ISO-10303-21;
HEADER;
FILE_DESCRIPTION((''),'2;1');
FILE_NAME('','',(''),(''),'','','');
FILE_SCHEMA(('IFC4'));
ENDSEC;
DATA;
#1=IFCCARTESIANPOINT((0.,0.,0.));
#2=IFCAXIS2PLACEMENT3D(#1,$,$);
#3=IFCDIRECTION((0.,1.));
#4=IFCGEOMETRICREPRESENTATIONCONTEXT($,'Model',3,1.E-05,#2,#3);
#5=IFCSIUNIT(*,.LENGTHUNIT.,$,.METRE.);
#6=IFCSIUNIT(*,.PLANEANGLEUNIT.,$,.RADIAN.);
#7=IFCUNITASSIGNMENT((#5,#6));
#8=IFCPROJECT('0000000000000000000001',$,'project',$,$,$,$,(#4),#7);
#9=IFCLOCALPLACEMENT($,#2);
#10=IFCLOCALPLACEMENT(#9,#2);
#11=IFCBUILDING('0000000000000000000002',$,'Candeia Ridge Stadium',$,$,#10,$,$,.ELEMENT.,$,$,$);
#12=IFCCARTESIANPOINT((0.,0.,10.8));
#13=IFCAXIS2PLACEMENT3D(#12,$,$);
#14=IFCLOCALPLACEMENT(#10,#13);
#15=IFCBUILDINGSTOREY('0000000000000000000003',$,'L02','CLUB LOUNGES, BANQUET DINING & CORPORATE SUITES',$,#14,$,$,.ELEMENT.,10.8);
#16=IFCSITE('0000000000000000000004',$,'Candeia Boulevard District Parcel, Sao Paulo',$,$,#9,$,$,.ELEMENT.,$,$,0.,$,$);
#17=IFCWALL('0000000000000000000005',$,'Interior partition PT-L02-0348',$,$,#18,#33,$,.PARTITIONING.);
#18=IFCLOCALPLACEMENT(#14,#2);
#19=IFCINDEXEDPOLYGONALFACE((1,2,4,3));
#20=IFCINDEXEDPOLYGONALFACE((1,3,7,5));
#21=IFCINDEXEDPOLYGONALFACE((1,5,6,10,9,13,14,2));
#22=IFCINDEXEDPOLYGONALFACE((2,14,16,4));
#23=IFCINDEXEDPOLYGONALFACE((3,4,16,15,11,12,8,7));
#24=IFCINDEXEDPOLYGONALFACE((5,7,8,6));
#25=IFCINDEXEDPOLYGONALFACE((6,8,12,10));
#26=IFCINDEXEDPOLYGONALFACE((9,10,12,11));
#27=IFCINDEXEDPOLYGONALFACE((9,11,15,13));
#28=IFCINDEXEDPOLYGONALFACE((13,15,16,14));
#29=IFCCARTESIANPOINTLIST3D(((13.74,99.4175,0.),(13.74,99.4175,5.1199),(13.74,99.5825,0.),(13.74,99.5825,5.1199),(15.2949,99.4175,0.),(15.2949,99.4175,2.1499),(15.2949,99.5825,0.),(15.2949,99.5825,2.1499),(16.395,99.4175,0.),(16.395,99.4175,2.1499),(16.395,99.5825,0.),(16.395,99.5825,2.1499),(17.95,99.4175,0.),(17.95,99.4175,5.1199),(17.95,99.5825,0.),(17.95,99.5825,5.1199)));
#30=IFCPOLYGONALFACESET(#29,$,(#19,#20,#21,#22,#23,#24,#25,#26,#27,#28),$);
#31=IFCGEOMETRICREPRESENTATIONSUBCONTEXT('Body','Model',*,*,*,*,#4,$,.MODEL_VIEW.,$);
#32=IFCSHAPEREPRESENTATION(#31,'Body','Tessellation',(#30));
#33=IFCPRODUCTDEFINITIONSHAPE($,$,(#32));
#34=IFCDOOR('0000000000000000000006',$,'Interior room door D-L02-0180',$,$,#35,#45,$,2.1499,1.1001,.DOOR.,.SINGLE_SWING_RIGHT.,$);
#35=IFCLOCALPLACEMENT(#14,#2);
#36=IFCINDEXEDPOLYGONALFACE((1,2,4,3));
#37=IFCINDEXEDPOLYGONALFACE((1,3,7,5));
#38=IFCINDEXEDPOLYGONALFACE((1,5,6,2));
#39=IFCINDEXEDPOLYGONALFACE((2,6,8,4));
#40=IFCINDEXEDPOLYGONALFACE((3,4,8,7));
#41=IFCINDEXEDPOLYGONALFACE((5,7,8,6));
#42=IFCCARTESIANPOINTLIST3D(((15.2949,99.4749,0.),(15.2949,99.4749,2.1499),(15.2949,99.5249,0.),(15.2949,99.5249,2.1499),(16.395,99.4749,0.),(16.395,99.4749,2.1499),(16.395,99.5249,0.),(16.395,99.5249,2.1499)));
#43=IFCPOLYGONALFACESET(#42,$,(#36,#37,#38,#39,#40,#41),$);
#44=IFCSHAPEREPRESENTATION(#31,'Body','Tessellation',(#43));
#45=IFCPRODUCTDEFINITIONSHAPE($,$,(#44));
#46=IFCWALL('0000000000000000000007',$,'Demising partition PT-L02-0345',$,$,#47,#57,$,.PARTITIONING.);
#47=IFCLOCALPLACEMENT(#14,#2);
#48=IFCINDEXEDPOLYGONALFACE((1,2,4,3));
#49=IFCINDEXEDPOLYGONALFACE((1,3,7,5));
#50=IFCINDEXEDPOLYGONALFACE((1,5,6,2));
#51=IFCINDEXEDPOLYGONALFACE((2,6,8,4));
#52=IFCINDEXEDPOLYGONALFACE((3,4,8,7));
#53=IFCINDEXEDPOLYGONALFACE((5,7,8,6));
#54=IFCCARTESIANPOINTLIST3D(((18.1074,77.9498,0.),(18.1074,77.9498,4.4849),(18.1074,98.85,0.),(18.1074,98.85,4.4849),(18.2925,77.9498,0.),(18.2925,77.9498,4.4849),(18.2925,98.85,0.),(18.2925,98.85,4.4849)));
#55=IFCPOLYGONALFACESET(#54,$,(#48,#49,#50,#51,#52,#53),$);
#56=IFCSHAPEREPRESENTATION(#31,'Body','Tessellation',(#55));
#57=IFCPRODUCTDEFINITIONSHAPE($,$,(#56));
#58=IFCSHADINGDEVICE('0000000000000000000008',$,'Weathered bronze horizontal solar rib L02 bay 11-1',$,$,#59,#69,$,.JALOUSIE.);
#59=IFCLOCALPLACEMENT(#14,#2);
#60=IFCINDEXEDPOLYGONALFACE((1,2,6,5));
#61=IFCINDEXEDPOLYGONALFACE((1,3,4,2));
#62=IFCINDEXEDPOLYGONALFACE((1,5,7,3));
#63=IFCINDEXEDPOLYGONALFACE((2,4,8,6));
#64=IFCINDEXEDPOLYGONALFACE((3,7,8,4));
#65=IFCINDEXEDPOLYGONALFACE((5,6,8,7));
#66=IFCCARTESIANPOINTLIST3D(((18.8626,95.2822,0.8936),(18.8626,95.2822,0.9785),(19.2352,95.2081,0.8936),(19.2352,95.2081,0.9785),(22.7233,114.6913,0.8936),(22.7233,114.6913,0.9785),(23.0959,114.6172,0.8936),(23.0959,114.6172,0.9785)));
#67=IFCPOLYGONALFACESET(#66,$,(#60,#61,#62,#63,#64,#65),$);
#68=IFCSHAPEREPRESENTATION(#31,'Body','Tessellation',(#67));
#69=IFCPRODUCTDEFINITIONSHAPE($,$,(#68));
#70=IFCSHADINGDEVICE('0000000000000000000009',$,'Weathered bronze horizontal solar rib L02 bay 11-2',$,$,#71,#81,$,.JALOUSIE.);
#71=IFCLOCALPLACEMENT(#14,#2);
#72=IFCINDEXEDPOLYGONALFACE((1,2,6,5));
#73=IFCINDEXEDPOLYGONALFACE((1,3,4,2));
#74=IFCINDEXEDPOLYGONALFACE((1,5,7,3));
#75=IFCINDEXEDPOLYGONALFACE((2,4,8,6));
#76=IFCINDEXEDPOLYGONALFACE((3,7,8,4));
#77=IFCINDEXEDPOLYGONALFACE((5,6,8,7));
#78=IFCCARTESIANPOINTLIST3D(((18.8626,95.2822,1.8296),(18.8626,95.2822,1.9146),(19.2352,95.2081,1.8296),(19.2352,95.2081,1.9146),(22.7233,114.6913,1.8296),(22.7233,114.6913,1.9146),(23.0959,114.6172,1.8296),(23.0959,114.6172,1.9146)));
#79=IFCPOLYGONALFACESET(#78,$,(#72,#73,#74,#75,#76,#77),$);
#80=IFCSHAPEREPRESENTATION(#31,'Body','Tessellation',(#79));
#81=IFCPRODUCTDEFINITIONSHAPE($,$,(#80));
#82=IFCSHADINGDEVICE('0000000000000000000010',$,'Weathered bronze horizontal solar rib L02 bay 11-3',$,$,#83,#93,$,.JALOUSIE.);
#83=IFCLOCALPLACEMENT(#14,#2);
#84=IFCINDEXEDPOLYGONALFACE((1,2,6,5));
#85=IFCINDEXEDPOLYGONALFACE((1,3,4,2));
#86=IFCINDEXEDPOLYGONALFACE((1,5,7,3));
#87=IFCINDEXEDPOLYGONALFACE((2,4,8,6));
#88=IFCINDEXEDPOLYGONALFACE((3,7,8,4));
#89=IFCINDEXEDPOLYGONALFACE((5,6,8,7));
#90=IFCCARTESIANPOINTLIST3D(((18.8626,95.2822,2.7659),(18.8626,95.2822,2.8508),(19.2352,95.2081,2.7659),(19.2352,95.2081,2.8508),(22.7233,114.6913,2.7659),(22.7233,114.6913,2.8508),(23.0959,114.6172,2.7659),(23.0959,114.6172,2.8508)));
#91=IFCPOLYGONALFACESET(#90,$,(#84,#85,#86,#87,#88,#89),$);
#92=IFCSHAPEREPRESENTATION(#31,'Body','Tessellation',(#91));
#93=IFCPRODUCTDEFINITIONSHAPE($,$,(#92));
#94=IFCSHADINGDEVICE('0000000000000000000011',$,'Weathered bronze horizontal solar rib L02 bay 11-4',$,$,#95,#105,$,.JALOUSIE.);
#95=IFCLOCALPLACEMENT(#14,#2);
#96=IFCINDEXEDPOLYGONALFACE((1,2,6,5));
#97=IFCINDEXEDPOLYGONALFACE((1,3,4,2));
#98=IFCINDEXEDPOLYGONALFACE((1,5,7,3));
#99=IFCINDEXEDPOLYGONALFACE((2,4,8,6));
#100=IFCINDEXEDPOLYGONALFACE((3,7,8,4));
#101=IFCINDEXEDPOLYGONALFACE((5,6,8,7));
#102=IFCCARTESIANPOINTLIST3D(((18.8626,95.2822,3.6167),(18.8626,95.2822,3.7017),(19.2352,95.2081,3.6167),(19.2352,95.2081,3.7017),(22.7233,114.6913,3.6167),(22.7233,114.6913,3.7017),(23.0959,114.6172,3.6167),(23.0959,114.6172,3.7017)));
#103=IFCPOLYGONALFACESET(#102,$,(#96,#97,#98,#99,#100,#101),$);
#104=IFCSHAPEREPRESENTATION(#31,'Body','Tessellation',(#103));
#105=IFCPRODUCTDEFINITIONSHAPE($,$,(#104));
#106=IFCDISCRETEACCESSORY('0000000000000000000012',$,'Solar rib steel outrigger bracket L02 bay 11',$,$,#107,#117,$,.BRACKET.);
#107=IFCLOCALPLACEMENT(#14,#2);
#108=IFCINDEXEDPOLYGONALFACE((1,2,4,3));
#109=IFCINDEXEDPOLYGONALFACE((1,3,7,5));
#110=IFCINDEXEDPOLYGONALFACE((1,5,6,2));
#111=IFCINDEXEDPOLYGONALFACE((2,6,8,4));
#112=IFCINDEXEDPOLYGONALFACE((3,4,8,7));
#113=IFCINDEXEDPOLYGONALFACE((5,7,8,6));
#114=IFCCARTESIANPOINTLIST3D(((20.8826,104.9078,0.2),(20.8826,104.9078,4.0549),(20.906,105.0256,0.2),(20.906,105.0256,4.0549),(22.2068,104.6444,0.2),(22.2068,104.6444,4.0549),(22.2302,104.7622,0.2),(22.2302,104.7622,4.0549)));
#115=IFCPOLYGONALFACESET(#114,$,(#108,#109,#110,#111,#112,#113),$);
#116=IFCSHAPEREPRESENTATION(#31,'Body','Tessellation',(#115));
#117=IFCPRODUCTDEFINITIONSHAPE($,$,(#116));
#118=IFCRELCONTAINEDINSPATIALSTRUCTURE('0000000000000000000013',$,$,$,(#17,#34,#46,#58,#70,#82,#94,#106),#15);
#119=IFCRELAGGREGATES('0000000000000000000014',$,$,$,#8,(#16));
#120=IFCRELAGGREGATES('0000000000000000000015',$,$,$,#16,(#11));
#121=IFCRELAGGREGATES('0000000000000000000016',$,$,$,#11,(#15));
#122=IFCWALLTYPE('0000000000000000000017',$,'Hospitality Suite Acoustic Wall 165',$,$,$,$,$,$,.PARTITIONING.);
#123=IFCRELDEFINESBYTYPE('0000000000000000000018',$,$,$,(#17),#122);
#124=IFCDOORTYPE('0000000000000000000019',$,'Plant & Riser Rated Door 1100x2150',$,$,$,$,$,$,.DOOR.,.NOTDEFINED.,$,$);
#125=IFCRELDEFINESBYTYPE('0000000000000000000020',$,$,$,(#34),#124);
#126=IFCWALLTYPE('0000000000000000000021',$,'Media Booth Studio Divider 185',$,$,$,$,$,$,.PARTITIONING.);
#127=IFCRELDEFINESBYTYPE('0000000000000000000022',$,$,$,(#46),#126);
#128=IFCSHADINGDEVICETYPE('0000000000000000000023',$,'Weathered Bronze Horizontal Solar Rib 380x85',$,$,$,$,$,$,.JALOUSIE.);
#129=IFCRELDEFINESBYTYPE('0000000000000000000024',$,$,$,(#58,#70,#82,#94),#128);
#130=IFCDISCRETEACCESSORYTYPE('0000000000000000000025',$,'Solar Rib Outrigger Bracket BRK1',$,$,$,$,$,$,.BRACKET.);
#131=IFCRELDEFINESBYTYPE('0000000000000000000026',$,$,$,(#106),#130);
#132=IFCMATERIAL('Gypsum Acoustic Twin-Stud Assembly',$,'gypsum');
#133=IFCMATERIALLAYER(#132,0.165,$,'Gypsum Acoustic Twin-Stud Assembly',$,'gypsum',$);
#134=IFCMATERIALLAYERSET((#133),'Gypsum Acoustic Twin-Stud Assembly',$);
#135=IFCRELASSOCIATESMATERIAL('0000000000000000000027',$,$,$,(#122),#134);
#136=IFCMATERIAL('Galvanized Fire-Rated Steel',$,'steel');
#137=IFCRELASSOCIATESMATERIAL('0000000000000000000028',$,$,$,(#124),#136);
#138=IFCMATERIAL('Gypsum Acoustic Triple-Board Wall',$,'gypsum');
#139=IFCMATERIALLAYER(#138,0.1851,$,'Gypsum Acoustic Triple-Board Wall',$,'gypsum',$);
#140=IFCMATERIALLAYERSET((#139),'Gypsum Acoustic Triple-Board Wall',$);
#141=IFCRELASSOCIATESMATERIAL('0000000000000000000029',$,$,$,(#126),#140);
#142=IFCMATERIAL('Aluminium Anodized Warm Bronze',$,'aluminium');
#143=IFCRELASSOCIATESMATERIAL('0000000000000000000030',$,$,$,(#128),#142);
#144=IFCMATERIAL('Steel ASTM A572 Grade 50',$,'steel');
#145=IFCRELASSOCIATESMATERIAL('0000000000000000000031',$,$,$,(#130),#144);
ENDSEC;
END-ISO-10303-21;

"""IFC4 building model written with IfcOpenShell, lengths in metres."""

from ifc_helpers import new_model, si_unit, direction, frame, frame_2d, origin, origin_2d, place, context, subcontext, project, spatial, rectangle, extrude, material, layer, layer_set, type_object, element, fill, save


model = new_model("IFC4")

# Units and contexts
model_context = context("Model", 3, precision=1e-05, world=origin(), true_north=direction((0.0, 1.0)))
body_context = subcontext(model_context, "Body", "Model", "MODEL_VIEW")
ifc_project = project(units=[si_unit("LENGTHUNIT", "METRE"), si_unit("PLANEANGLEUNIT", "RADIAN")], contexts=[model_context])

# Site, building, storey
site_placement = place(None, origin())
site = spatial("IfcSite", under=ifc_project, at=site_placement, Name="Candeia Boulevard District Parcel, Sao Paulo", CompositionType="ELEMENT", RefElevation=0.0)
building_placement = place(site_placement, origin())
building = spatial("IfcBuilding", under=site, at=building_placement, Name="Candeia Ridge Stadium", CompositionType="ELEMENT")
storey_placement = place(building_placement, frame((0.0, 0.0, 10.8)))
storey = spatial("IfcBuildingStorey", under=building, at=storey_placement, Name="L02", Description="CLUB LOUNGES, BANQUET DINING & CORPORATE SUITES", CompositionType="ELEMENT", Elevation=10.8)

# Shared definitions
ifc_material_1 = material(Name="Aluminium Anodized Warm Bronze", Category="aluminium")

# Wall, opening, door
ifc_material_2 = material(Name="Gypsum Acoustic Twin-Stud Assembly", Category="gypsum")
ifc_layer_1 = layer(ifc_material_2, 0.165, Name="Gypsum Acoustic Twin-Stud Assembly", Category="gypsum")
ifc_layer_set_1 = layer_set([ifc_layer_1], Name="Gypsum Acoustic Twin-Stud Assembly")
wall_type_1 = type_object("IfcWallType", Name="Hospitality Suite Acoustic Wall 165", PredefinedType="PARTITIONING", material=ifc_layer_set_1)
wall_1_placement = place(storey_placement, frame((17.95, 99.5, 0.0), z_axis=(0.0, 0.0, 1.0), x_axis=(-1.0, 0.0, 0.0)))
wall_1 = element("IfcWall", 1, at=wall_1_placement, inside=storey, type_object=wall_type_1, Name="Interior partition PT-L02-0348", PredefinedType="PARTITIONING", context=body_context, shape_type="SweptSolid", body=[
    extrude(rectangle(XDim=4.21, YDim=0.165, at=frame_2d((2.105, 0.0))), origin(), (0.0, 0.0, 1.0), 5.1199),
])
opening_placement = place(wall_1_placement, frame((1.5549, 0.0, 0.0)))
opening = element("IfcOpeningElement", 2, at=opening_placement, cuts=wall_1, PredefinedType="OPENING", context=body_context, shape_type="SweptSolid", body=[
    extrude(rectangle(XDim=1.1001, YDim=2.1499, at=frame_2d((0.55, 1.075))), frame((0.0, 0.0925, 0.0), z_axis=(0.0, -1.0, 0.0), x_axis=(1.0, 0.0, 0.0)), (0.0, 0.0, 1.0), 0.1851),
])
ifc_material_3 = material(Name="Galvanized Fire-Rated Steel", Category="steel")
door_type = type_object("IfcDoorType", Name="Plant & Riser Rated Door 1100x2150", OperationType="NOTDEFINED", PredefinedType="DOOR", material=ifc_material_3)
door_placement = place(opening_placement, frame((1.1001, 0.0, 0.0), z_axis=(0.0, 0.0, 1.0), x_axis=(-1.0, 0.0, 0.0)))
door = element("IfcDoor", 3, at=door_placement, inside=storey, type_object=door_type, Name="Interior room door D-L02-0180", OperationType="SINGLE_SWING_RIGHT", OverallHeight=2.1499, OverallWidth=1.1001, PredefinedType="DOOR", context=body_context, shape_type="SweptSolid", body=[
    extrude(rectangle(XDim=1.1001, YDim=2.1499, at=frame_2d((0.55, 1.075))), frame((0.0, 0.0249, 0.0), z_axis=(0.0, -1.0, 0.0), x_axis=(1.0, 0.0, 0.0)), (0.0, 0.0, 1.0), 0.05),
])
fill(opening, door)

# Wall
ifc_material_4 = material(Name="Gypsum Acoustic Triple-Board Wall", Category="gypsum")
ifc_layer_2 = layer(ifc_material_4, 0.1851, Name="Gypsum Acoustic Triple-Board Wall", Category="gypsum")
ifc_layer_set_2 = layer_set([ifc_layer_2], Name="Gypsum Acoustic Triple-Board Wall")
wall_type_2 = type_object("IfcWallType", Name="Media Booth Studio Divider 185", PredefinedType="PARTITIONING", material=ifc_layer_set_2)
wall_2_placement = place(storey_placement, frame((18.2, 98.8501, 0.0), z_axis=(0.0, 0.0, 1.0), x_axis=(0.0, -1.0, 0.0)))
element("IfcWall", 4, at=wall_2_placement, inside=storey, type_object=wall_type_2, Name="Demising partition PT-L02-0345", PredefinedType="PARTITIONING", context=body_context, shape_type="SweptSolid", body=[
    extrude(rectangle(XDim=20.9001, YDim=0.1851, at=frame_2d((10.4502, 0.0))), origin(), (0.0, 0.0, 1.0), 4.4849),
])

# Shading devices
shading_device_type = type_object("IfcShadingDeviceType", Name="Weathered Bronze Horizontal Solar Rib 380x85", PredefinedType="JALOUSIE", material=ifc_material_1)
for number, where, z_axis, x_axis, name in (
    (5, (20.9792, 104.9497, 0.8936), (0.0, 0.0, 1.0), (-0.19509, -0.980785, 0.0), "Weathered bronze horizontal solar rib L02 bay 11-1"),
    (6, (20.9792, 104.9497, 1.8296), (0.0, 0.0, 1.0), (-0.19509, -0.980785, 0.0), "Weathered bronze horizontal solar rib L02 bay 11-2"),
    (7, (20.9792, 104.9497, 2.7659), (0.0, 0.0, 1.0), (-0.19509, -0.980785, 0.0), "Weathered bronze horizontal solar rib L02 bay 11-3"),
    (8, (20.9792, 104.9497, 3.6167), (0.0, 0.0, 1.0), (-0.19509, -0.980785, 0.0), "Weathered bronze horizontal solar rib L02 bay 11-4"),
):
    element("IfcShadingDevice", number, at=place(storey_placement, frame(where, z_axis=z_axis, x_axis=x_axis)), inside=storey, type_object=shading_device_type, Name=name, PredefinedType="JALOUSIE", context=body_context, shape_type="SweptSolid", body=[
        extrude(rectangle(XDim=19.7893, YDim=0.3799, at=origin_2d()), origin(), (0.0, 0.0, 1.0), 0.085),
    ])

# Discrete accessory
ifc_material_5 = material(Name="Steel ASTM A572 Grade 50", Category="steel")
discrete_accessory_type = type_object("IfcDiscreteAccessoryType", Name="Solar Rib Outrigger Bracket BRK1", PredefinedType="BRACKET", material=ifc_material_5)
discrete_accessory_placement = place(storey_placement, frame((21.5564, 104.835, 0.2), z_axis=(0.0, 0.0, 1.0), x_axis=(-0.980785, 0.19509, 0.0)))
element("IfcDiscreteAccessory", 9, at=discrete_accessory_placement, inside=storey, type_object=discrete_accessory_type, Name="Solar rib steel outrigger bracket L02 bay 11", PredefinedType="BRACKET", context=body_context, shape_type="SweptSolid", body=[
    extrude(rectangle(XDim=1.3501, YDim=0.1201, at=origin_2d()), origin(), (0.0, 0.0, 1.0), 3.855),
])

save(model, "model.ifc")
